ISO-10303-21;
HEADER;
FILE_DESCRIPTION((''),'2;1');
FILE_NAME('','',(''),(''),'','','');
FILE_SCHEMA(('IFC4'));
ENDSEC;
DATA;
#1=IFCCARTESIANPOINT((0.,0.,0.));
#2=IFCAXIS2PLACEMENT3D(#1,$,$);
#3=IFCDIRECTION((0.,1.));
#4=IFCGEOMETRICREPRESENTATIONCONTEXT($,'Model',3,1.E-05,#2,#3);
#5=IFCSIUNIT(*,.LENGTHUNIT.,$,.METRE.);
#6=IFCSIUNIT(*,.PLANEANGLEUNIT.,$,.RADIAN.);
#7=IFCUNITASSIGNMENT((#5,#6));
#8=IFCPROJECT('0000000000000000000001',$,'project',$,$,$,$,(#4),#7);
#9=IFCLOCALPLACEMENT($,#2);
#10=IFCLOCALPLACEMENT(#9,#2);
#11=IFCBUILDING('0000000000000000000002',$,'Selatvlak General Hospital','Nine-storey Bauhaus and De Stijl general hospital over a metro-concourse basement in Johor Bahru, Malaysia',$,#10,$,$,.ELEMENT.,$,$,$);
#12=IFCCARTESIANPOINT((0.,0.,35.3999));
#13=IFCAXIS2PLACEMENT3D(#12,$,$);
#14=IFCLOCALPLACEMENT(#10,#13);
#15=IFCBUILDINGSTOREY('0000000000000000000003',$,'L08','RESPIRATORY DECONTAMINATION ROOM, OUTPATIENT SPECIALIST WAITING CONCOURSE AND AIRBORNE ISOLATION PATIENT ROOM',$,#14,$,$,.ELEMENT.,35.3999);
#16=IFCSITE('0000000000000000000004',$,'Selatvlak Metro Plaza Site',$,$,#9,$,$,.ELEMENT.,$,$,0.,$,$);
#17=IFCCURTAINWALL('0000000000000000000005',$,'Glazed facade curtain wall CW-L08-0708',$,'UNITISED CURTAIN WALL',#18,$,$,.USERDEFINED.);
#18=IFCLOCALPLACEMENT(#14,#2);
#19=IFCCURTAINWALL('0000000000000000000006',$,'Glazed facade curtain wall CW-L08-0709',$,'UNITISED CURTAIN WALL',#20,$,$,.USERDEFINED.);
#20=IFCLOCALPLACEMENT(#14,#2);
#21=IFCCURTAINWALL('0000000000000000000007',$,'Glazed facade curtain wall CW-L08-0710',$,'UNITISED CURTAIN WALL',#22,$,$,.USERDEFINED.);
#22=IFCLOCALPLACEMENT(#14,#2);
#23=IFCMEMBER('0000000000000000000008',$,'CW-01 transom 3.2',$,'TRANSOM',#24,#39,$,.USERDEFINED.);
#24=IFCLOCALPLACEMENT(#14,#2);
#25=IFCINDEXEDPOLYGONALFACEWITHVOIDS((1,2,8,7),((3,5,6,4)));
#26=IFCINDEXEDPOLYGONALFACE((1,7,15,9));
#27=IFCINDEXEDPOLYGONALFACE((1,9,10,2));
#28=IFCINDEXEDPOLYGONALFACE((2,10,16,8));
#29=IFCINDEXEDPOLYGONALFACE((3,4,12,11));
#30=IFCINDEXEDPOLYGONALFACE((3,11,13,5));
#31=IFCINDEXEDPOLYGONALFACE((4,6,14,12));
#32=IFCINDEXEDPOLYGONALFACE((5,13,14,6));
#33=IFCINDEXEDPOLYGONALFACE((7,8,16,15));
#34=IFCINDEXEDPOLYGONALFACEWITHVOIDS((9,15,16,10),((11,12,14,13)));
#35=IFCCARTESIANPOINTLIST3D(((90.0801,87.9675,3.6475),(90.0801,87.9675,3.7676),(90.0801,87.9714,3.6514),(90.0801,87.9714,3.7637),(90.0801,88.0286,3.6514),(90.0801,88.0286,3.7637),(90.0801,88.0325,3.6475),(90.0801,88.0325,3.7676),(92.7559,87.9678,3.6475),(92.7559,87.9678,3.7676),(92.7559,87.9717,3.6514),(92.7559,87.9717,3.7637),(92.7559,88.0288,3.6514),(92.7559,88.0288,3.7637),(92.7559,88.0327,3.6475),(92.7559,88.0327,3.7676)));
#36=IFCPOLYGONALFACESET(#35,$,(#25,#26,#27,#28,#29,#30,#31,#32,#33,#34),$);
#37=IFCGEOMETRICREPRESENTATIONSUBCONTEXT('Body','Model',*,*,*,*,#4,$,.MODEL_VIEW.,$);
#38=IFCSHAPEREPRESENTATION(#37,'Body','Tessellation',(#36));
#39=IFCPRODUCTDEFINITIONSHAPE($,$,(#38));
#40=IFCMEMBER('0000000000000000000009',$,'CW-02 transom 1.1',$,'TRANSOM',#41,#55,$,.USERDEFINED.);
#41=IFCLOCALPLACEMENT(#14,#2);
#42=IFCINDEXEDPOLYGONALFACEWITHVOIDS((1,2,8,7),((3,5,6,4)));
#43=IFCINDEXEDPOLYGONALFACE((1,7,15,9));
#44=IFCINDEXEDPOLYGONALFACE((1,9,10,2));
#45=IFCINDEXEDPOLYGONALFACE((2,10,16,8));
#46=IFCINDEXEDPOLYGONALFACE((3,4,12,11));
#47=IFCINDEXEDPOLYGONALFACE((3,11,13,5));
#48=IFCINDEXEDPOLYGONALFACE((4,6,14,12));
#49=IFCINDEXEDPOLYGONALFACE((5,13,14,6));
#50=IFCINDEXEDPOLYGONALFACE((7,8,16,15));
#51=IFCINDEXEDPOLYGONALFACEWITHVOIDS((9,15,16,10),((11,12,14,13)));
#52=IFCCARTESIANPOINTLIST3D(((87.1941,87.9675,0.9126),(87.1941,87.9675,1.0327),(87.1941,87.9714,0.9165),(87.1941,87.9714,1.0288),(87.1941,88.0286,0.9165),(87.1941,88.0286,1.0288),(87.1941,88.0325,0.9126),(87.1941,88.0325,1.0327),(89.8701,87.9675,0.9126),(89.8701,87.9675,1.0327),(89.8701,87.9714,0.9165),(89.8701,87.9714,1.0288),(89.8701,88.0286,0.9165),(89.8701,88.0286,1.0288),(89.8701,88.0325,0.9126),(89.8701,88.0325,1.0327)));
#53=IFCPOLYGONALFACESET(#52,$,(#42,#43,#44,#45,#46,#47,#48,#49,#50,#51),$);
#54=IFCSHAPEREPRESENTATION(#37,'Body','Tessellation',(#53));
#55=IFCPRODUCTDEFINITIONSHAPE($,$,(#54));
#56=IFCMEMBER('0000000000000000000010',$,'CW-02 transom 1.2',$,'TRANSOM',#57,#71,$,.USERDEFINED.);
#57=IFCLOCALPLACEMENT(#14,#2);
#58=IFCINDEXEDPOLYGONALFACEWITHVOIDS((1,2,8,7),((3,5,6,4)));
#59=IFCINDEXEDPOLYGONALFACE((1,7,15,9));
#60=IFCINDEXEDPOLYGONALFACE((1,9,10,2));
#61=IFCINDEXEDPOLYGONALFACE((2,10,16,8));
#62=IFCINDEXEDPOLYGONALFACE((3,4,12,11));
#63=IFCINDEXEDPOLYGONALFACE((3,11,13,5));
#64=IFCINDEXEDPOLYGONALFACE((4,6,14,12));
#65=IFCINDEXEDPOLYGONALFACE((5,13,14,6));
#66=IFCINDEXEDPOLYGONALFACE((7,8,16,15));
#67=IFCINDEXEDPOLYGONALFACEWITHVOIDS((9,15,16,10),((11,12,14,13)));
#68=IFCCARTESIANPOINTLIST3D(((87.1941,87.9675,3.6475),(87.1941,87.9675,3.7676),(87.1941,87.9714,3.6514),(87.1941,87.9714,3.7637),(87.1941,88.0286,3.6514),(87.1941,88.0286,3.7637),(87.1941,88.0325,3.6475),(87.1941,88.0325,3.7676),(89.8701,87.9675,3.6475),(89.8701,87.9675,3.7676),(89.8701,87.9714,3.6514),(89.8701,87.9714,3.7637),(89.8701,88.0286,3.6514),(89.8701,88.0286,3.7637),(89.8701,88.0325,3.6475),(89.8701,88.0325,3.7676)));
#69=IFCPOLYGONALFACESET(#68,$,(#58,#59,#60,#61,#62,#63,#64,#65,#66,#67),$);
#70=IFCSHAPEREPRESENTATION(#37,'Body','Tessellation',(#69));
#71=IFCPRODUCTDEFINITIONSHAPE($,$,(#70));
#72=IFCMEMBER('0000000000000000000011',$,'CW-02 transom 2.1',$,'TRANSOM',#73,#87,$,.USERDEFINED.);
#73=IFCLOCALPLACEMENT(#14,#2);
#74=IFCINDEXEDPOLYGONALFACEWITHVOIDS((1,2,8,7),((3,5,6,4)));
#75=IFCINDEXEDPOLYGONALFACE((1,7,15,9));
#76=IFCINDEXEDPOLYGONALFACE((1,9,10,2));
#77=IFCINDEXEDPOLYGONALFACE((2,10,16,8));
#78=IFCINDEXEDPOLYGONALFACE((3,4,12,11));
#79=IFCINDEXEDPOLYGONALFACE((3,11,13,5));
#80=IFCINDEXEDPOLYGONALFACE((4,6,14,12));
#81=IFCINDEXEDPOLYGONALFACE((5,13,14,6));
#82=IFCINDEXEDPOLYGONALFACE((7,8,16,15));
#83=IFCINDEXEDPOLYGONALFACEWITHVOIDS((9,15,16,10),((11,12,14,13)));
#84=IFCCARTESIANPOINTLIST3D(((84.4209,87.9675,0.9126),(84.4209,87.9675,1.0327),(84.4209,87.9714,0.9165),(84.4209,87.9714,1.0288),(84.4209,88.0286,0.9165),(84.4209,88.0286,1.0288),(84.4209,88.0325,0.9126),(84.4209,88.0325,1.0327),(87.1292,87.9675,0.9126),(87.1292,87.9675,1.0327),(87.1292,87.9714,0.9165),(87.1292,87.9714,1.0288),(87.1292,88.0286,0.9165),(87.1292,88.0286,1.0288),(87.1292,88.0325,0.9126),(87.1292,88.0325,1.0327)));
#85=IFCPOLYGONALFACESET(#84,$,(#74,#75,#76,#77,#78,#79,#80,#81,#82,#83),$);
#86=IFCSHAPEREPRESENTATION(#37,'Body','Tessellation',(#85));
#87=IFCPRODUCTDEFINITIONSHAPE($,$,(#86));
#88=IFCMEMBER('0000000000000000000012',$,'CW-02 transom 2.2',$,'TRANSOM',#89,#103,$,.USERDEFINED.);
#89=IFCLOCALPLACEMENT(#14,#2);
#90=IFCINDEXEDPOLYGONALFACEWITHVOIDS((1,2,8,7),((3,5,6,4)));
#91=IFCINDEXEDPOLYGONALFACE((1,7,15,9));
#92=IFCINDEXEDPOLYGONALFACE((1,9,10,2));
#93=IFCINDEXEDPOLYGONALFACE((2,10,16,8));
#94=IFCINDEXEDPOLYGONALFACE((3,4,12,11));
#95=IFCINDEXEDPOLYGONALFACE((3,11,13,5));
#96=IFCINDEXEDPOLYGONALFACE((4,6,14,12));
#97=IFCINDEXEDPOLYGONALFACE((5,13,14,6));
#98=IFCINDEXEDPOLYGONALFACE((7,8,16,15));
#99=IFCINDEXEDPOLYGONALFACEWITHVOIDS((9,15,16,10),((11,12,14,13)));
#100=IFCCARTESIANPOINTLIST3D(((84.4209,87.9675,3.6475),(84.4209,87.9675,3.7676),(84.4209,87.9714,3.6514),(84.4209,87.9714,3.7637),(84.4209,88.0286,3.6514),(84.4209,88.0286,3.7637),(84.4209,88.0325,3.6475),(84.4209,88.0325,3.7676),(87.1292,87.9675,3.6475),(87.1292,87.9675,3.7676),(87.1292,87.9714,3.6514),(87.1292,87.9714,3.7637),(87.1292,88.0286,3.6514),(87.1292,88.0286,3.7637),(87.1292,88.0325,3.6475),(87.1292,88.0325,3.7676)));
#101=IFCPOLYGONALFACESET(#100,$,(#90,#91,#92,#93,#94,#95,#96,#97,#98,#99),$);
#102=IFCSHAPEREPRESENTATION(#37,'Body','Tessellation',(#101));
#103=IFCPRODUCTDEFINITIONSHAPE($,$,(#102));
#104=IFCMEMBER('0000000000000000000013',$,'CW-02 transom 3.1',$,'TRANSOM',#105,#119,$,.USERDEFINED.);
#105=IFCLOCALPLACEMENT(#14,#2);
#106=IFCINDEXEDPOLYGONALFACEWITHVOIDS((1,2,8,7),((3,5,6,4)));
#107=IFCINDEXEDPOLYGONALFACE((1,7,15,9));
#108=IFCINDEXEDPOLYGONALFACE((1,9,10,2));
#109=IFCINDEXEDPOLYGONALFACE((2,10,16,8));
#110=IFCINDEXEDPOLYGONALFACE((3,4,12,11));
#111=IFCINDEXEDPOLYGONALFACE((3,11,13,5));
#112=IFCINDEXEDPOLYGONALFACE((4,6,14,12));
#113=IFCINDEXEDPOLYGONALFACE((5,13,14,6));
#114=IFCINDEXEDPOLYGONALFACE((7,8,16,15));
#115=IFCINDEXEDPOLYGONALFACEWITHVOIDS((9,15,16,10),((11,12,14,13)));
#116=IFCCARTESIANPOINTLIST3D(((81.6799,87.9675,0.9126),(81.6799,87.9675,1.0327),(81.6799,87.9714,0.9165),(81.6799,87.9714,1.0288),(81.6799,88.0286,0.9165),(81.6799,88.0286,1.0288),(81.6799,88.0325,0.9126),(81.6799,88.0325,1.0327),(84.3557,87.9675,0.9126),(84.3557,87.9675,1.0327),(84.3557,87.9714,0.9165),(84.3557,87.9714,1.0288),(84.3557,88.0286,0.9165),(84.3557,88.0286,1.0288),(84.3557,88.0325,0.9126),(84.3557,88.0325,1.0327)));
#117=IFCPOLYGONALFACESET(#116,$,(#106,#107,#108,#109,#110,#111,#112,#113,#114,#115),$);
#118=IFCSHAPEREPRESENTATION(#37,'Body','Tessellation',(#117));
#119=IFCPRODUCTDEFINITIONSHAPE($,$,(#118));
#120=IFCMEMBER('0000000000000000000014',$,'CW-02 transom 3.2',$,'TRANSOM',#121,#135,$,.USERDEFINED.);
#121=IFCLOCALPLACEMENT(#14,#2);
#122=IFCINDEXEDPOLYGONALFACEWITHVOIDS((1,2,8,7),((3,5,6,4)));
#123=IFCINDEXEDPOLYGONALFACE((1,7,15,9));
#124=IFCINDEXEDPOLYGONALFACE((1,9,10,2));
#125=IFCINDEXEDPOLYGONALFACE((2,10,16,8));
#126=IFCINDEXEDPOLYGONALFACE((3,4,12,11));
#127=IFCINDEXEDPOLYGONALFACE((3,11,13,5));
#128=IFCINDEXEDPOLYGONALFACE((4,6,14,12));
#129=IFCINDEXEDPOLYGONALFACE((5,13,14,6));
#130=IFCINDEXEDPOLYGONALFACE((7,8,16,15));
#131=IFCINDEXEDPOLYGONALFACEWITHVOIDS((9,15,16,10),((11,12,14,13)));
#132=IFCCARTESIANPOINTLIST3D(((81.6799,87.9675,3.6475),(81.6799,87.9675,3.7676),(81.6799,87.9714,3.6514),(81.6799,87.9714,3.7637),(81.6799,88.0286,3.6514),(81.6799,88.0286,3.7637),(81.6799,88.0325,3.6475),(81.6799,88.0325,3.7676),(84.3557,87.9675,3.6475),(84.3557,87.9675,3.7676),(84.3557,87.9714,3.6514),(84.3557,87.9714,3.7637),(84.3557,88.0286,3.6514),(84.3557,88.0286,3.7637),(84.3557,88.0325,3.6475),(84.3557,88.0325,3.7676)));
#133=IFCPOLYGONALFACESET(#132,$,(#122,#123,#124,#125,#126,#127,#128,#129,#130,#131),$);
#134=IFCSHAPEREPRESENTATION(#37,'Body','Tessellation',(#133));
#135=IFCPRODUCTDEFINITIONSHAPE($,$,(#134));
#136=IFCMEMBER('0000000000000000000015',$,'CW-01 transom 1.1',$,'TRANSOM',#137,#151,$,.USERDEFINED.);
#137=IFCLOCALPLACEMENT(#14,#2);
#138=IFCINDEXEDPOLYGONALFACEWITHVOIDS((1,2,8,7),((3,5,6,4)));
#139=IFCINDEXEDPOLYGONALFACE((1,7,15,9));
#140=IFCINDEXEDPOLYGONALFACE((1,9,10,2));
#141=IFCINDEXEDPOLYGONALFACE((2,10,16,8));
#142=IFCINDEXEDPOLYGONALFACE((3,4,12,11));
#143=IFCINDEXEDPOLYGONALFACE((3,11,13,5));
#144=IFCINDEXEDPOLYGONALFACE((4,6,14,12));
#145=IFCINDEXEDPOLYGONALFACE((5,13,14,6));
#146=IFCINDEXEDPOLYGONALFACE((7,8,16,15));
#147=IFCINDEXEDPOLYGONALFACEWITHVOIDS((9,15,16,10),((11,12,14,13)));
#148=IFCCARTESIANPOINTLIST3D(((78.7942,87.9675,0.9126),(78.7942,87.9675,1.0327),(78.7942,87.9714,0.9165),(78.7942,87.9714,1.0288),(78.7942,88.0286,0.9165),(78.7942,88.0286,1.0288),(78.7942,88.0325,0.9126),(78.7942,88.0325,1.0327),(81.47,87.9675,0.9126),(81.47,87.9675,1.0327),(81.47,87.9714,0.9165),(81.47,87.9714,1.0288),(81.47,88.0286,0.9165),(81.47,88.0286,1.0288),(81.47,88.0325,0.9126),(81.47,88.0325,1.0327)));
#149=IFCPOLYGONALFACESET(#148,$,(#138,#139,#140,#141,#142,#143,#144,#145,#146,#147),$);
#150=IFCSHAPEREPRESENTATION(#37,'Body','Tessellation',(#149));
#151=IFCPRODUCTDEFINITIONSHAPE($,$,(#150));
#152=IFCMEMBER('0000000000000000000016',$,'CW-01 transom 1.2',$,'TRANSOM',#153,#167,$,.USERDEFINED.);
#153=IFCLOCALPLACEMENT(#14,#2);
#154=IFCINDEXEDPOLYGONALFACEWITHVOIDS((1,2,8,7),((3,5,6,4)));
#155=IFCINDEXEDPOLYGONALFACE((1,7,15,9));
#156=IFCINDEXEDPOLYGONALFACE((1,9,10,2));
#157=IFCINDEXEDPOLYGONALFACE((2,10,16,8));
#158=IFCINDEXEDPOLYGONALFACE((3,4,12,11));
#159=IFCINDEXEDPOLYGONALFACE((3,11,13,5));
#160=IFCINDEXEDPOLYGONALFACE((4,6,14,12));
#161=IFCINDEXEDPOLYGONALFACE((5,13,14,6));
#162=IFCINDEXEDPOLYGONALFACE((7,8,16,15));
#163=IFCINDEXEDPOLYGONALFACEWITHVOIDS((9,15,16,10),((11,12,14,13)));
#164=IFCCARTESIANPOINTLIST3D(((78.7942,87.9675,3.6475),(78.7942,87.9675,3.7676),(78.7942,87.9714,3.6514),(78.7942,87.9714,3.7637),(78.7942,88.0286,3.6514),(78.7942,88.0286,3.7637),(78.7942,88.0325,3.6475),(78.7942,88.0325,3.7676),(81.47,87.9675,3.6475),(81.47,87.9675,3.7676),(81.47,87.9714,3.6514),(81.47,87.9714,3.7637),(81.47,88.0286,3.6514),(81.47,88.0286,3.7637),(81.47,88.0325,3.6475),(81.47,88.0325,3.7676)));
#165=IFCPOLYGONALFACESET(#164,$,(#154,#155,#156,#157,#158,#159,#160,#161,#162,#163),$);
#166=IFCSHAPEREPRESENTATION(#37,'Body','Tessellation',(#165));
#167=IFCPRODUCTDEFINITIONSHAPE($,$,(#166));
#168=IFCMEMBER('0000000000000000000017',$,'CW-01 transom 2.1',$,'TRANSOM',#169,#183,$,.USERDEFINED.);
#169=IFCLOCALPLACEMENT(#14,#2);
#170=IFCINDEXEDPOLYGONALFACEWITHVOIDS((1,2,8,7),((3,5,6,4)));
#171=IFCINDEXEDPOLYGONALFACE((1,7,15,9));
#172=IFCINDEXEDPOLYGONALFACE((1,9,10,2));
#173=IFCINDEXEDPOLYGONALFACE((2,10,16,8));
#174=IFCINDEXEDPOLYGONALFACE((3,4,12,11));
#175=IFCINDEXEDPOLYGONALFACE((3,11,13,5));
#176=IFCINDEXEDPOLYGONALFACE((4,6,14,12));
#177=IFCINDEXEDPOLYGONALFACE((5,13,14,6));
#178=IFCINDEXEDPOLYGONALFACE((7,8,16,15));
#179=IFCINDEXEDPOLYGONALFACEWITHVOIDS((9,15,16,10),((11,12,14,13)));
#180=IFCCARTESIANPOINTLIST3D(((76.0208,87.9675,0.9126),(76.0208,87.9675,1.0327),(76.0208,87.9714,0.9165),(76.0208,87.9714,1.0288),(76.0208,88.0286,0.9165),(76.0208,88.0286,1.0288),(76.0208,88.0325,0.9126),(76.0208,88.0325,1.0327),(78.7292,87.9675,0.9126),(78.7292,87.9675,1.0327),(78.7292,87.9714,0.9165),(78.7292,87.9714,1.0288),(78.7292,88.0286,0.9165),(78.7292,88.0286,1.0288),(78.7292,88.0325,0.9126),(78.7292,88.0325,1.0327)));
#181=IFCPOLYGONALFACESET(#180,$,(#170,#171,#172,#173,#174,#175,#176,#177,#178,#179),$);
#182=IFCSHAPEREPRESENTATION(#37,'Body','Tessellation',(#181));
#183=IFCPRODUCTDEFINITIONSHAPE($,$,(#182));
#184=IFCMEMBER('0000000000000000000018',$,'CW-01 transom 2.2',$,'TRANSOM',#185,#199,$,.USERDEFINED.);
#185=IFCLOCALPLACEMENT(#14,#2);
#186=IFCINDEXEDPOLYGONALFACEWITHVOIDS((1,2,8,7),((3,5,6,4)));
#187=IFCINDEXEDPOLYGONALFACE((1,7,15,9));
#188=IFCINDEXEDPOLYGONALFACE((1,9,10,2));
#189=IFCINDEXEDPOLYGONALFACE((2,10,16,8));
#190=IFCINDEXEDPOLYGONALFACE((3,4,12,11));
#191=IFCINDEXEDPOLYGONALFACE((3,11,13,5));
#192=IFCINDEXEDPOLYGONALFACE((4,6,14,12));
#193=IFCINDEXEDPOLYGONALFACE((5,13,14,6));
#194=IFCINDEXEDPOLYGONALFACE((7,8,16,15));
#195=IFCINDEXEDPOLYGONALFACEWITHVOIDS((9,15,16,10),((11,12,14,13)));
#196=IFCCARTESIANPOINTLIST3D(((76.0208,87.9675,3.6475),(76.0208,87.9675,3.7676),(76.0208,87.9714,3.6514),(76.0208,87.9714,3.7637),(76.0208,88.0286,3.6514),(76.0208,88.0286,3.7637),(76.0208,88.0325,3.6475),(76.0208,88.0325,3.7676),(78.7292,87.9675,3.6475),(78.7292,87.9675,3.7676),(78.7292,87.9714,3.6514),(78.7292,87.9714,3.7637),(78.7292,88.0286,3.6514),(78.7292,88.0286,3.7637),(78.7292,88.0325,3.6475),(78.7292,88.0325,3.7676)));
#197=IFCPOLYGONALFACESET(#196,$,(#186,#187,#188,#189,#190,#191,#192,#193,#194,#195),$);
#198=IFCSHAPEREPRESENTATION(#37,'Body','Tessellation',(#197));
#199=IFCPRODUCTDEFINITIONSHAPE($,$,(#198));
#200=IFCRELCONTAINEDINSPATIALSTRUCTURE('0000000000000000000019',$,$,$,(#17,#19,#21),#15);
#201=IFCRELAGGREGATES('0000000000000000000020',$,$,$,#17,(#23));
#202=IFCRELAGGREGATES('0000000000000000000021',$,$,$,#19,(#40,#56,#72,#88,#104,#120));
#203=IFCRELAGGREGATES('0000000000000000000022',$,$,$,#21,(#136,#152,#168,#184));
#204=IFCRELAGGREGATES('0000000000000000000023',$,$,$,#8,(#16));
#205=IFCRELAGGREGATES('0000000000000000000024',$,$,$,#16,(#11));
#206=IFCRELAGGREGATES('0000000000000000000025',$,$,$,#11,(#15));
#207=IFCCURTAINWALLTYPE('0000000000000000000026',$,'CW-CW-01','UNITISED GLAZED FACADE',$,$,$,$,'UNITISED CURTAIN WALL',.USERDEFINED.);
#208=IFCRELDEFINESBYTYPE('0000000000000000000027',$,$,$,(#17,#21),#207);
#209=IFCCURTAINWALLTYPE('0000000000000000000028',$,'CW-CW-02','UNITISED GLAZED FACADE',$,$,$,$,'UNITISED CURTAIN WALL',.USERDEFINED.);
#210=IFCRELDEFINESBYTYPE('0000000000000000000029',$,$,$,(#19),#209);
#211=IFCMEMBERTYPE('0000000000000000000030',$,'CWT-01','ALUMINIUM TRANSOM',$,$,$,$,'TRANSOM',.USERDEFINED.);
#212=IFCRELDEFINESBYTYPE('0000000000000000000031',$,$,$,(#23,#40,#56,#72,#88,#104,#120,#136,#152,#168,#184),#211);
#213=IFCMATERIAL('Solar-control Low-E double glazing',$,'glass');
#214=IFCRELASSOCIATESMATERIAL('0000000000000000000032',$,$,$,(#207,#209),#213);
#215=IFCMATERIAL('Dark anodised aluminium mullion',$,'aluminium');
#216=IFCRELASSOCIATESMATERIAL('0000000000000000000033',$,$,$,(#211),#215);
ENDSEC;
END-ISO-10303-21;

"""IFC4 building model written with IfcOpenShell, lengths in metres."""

from ifc_helpers import new_model, si_unit, direction, frame, origin, origin_2d, place, context, subcontext, project, spatial, hollow_rectangle, extrude, material, material_profile, profile_set, type_object, element, aggregate, save


model = new_model("IFC4")

# Units and contexts
model_context = context("Model", 3, precision=1e-05, world=origin(), true_north=direction((0.0, 1.0)))
body_context = subcontext(model_context, "Body", "Model", "MODEL_VIEW")
ifc_project = project(units=[si_unit("LENGTHUNIT", "METRE"), si_unit("PLANEANGLEUNIT", "RADIAN")], contexts=[model_context])

# Site, building, storey
site_placement = place(None, origin())
site = spatial("IfcSite", under=ifc_project, at=site_placement, Name="Selatvlak Metro Plaza Site", CompositionType="ELEMENT", RefElevation=0.0)
building_placement = place(site_placement, origin())
building = spatial("IfcBuilding", under=site, at=building_placement, Name="Selatvlak General Hospital", Description="Nine-storey Bauhaus and De Stijl general hospital over a metro-concourse basement in Johor Bahru, Malaysia", CompositionType="ELEMENT")
storey_placement = place(building_placement, frame((0.0, 0.0, 35.3999)))
storey = spatial("IfcBuildingStorey", under=building, at=storey_placement, Name="L08", Description="RESPIRATORY DECONTAMINATION ROOM, OUTPATIENT SPECIALIST WAITING CONCOURSE AND AIRBORNE ISOLATION PATIENT ROOM", CompositionType="ELEMENT", Elevation=35.3999)

# Curtain walls
ifc_material_1 = material(Name="Solar-control Low-E double glazing", Category="glass")
curtain_wall_type_1 = type_object("IfcCurtainWallType", Name="CW-CW-01", Description="UNITISED GLAZED FACADE", ElementType="UNITISED CURTAIN WALL", PredefinedType="USERDEFINED", material=ifc_material_1)
curtain_wall_1_placement = place(storey_placement, origin())
curtain_wall_1 = element("IfcCurtainWall", 1, at=curtain_wall_1_placement, inside=storey, type_object=curtain_wall_type_1, Name="Glazed facade curtain wall CW-L08-0708", ObjectType="UNITISED CURTAIN WALL", PredefinedType="USERDEFINED")
ifc_material_2 = material(Name="Dark anodised aluminium mullion", Category="aluminium")
curtain_wall_type_2 = type_object("IfcCurtainWallType", Name="CW-CW-02", Description="UNITISED GLAZED FACADE", ElementType="UNITISED CURTAIN WALL", PredefinedType="USERDEFINED", material=ifc_material_1)
curtain_wall_2_placement = place(storey_placement, origin())
curtain_wall_2 = element("IfcCurtainWall", 2, at=curtain_wall_2_placement, inside=storey, type_object=curtain_wall_type_2, Name="Glazed facade curtain wall CW-L08-0709", ObjectType="UNITISED CURTAIN WALL", PredefinedType="USERDEFINED")
curtain_wall_3_placement = place(storey_placement, origin())
curtain_wall_3 = element("IfcCurtainWall", 3, at=curtain_wall_3_placement, inside=storey, type_object=curtain_wall_type_1, Name="Glazed facade curtain wall CW-L08-0710", ObjectType="UNITISED CURTAIN WALL", PredefinedType="USERDEFINED")

# Members
ifc_material_profile_1 = material_profile(ifc_material_2, hollow_rectangle(XDim=0.0649, YDim=0.1201, WallThickness=0.0039, at=origin_2d()), Name="AL-TRN 65x120x4")
ifc_profile_set_1 = profile_set([ifc_material_profile_1], Name="Dark anodised aluminium mullion")
member_type_1 = type_object("IfcMemberType", Name="CWT-01", Description="ALUMINIUM TRANSOM", ElementType="TRANSOM", PredefinedType="USERDEFINED", material=ifc_profile_set_1)
member_1_placement = place(storey_placement, frame((92.7559, 88.0002, 3.7075), z_axis=(-1.0, -0.000091, 0.0), x_axis=(0.000091, -1.0, 0.0)))
member_1 = element("IfcMember", 4, at=member_1_placement, type_object=member_type_1, Name="CW-01 transom 3.2", ObjectType="TRANSOM", PredefinedType="USERDEFINED", context=body_context, shape_type="SweptSolid", body=[
    extrude(hollow_rectangle(XDim=0.0649, YDim=0.1201, WallThickness=0.0039, at=origin_2d()), origin(), (0.0, 0.0, 1.0), 2.6758),
])
member_2_placement = place(storey_placement, frame((89.8701, 88.0, 0.9727), z_axis=(-1.0, 0.0, 0.0), x_axis=(0.0, -1.0, 0.0)))
member_2 = element("IfcMember", 5, at=member_2_placement, type_object=member_type_1, Name="CW-02 transom 1.1", ObjectType="TRANSOM", PredefinedType="USERDEFINED", context=body_context, shape_type="SweptSolid", body=[
    extrude(hollow_rectangle(XDim=0.0649, YDim=0.1201, WallThickness=0.0039, at=origin_2d()), origin(), (0.0, 0.0, 1.0), 2.676),
])
member_3_placement = place(storey_placement, frame((89.8701, 88.0, 3.7075), z_axis=(-1.0, 0.0, 0.0), x_axis=(0.0, -1.0, 0.0)))
member_3 = element("IfcMember", 6, at=member_3_placement, type_object=member_type_1, Name="CW-02 transom 1.2", ObjectType="TRANSOM", PredefinedType="USERDEFINED", context=body_context, shape_type="SweptSolid", body=[
    extrude(hollow_rectangle(XDim=0.0649, YDim=0.1201, WallThickness=0.0039, at=origin_2d()), origin(), (0.0, 0.0, 1.0), 2.676),
])
member_4_placement = place(storey_placement, frame((87.1292, 88.0, 0.9727), z_axis=(-1.0, 0.0, 0.0), x_axis=(0.0, -1.0, 0.0)))
member_4 = element("IfcMember", 7, at=member_4_placement, type_object=member_type_1, Name="CW-02 transom 2.1", ObjectType="TRANSOM", PredefinedType="USERDEFINED", context=body_context, shape_type="SweptSolid", body=[
    extrude(hollow_rectangle(XDim=0.0649, YDim=0.1201, WallThickness=0.0039, at=origin_2d()), origin(), (0.0, 0.0, 1.0), 2.7083),
])
member_5_placement = place(storey_placement, frame((87.1292, 88.0, 3.7075), z_axis=(-1.0, 0.0, 0.0), x_axis=(0.0, -1.0, 0.0)))
member_5 = element("IfcMember", 8, at=member_5_placement, type_object=member_type_1, Name="CW-02 transom 2.2", ObjectType="TRANSOM", PredefinedType="USERDEFINED", context=body_context, shape_type="SweptSolid", body=[
    extrude(hollow_rectangle(XDim=0.0649, YDim=0.1201, WallThickness=0.0039, at=origin_2d()), origin(), (0.0, 0.0, 1.0), 2.7083),
])
member_6_placement = place(storey_placement, frame((84.3557, 88.0, 0.9727), z_axis=(-1.0, 0.0, 0.0), x_axis=(0.0, -1.0, 0.0)))
member_6 = element("IfcMember", 9, at=member_6_placement, type_object=member_type_1, Name="CW-02 transom 3.1", ObjectType="TRANSOM", PredefinedType="USERDEFINED", context=body_context, shape_type="SweptSolid", body=[
    extrude(hollow_rectangle(XDim=0.0649, YDim=0.1201, WallThickness=0.0039, at=origin_2d()), origin(), (0.0, 0.0, 1.0), 2.6758),
])
member_7_placement = place(storey_placement, frame((84.3557, 88.0, 3.7075), z_axis=(-1.0, 0.0, 0.0), x_axis=(0.0, -1.0, 0.0)))
member_7 = element("IfcMember", 10, at=member_7_placement, type_object=member_type_1, Name="CW-02 transom 3.2", ObjectType="TRANSOM", PredefinedType="USERDEFINED", context=body_context, shape_type="SweptSolid", body=[
    extrude(hollow_rectangle(XDim=0.0649, YDim=0.1201, WallThickness=0.0039, at=origin_2d()), origin(), (0.0, 0.0, 1.0), 2.6758),
])
member_8_placement = place(storey_placement, frame((81.47, 88.0, 0.9727), z_axis=(-1.0, 0.0, 0.0), x_axis=(0.0, -1.0, 0.0)))
member_8 = element("IfcMember", 11, at=member_8_placement, type_object=member_type_1, Name="CW-01 transom 1.1", ObjectType="TRANSOM", PredefinedType="USERDEFINED", context=body_context, shape_type="SweptSolid", body=[
    extrude(hollow_rectangle(XDim=0.0649, YDim=0.1201, WallThickness=0.0039, at=origin_2d()), origin(), (0.0, 0.0, 1.0), 2.6758),
])
member_9_placement = place(storey_placement, frame((81.47, 88.0, 3.7075), z_axis=(-1.0, 0.0, 0.0), x_axis=(0.0, -1.0, 0.0)))
member_9 = element("IfcMember", 12, at=member_9_placement, type_object=member_type_1, Name="CW-01 transom 1.2", ObjectType="TRANSOM", PredefinedType="USERDEFINED", context=body_context, shape_type="SweptSolid", body=[
    extrude(hollow_rectangle(XDim=0.0649, YDim=0.1201, WallThickness=0.0039, at=origin_2d()), origin(), (0.0, 0.0, 1.0), 2.6758),
])
member_10_placement = place(storey_placement, frame((78.7292, 88.0, 0.9727), z_axis=(-1.0, 0.0, 0.0), x_axis=(0.0, -1.0, 0.0)))
member_10 = element("IfcMember", 13, at=member_10_placement, type_object=member_type_1, Name="CW-01 transom 2.1", ObjectType="TRANSOM", PredefinedType="USERDEFINED", context=body_context, shape_type="SweptSolid", body=[
    extrude(hollow_rectangle(XDim=0.0649, YDim=0.1201, WallThickness=0.0039, at=origin_2d()), origin(), (0.0, 0.0, 1.0), 2.7085),
])
member_11_placement = place(storey_placement, frame((78.7292, 88.0, 3.7075), z_axis=(-1.0, 0.0, 0.0), x_axis=(0.0, -1.0, 0.0)))
member_11 = element("IfcMember", 14, at=member_11_placement, type_object=member_type_1, Name="CW-01 transom 2.2", ObjectType="TRANSOM", PredefinedType="USERDEFINED", context=body_context, shape_type="SweptSolid", body=[
    extrude(hollow_rectangle(XDim=0.0649, YDim=0.1201, WallThickness=0.0039, at=origin_2d()), origin(), (0.0, 0.0, 1.0), 2.7085),
])

aggregate(curtain_wall_1, [member_1])
aggregate(curtain_wall_2, [member_2, member_3, member_4, member_5, member_6, member_7])
aggregate(curtain_wall_3, [member_8, member_9, member_10, member_11])

save(model, "model.ifc")
